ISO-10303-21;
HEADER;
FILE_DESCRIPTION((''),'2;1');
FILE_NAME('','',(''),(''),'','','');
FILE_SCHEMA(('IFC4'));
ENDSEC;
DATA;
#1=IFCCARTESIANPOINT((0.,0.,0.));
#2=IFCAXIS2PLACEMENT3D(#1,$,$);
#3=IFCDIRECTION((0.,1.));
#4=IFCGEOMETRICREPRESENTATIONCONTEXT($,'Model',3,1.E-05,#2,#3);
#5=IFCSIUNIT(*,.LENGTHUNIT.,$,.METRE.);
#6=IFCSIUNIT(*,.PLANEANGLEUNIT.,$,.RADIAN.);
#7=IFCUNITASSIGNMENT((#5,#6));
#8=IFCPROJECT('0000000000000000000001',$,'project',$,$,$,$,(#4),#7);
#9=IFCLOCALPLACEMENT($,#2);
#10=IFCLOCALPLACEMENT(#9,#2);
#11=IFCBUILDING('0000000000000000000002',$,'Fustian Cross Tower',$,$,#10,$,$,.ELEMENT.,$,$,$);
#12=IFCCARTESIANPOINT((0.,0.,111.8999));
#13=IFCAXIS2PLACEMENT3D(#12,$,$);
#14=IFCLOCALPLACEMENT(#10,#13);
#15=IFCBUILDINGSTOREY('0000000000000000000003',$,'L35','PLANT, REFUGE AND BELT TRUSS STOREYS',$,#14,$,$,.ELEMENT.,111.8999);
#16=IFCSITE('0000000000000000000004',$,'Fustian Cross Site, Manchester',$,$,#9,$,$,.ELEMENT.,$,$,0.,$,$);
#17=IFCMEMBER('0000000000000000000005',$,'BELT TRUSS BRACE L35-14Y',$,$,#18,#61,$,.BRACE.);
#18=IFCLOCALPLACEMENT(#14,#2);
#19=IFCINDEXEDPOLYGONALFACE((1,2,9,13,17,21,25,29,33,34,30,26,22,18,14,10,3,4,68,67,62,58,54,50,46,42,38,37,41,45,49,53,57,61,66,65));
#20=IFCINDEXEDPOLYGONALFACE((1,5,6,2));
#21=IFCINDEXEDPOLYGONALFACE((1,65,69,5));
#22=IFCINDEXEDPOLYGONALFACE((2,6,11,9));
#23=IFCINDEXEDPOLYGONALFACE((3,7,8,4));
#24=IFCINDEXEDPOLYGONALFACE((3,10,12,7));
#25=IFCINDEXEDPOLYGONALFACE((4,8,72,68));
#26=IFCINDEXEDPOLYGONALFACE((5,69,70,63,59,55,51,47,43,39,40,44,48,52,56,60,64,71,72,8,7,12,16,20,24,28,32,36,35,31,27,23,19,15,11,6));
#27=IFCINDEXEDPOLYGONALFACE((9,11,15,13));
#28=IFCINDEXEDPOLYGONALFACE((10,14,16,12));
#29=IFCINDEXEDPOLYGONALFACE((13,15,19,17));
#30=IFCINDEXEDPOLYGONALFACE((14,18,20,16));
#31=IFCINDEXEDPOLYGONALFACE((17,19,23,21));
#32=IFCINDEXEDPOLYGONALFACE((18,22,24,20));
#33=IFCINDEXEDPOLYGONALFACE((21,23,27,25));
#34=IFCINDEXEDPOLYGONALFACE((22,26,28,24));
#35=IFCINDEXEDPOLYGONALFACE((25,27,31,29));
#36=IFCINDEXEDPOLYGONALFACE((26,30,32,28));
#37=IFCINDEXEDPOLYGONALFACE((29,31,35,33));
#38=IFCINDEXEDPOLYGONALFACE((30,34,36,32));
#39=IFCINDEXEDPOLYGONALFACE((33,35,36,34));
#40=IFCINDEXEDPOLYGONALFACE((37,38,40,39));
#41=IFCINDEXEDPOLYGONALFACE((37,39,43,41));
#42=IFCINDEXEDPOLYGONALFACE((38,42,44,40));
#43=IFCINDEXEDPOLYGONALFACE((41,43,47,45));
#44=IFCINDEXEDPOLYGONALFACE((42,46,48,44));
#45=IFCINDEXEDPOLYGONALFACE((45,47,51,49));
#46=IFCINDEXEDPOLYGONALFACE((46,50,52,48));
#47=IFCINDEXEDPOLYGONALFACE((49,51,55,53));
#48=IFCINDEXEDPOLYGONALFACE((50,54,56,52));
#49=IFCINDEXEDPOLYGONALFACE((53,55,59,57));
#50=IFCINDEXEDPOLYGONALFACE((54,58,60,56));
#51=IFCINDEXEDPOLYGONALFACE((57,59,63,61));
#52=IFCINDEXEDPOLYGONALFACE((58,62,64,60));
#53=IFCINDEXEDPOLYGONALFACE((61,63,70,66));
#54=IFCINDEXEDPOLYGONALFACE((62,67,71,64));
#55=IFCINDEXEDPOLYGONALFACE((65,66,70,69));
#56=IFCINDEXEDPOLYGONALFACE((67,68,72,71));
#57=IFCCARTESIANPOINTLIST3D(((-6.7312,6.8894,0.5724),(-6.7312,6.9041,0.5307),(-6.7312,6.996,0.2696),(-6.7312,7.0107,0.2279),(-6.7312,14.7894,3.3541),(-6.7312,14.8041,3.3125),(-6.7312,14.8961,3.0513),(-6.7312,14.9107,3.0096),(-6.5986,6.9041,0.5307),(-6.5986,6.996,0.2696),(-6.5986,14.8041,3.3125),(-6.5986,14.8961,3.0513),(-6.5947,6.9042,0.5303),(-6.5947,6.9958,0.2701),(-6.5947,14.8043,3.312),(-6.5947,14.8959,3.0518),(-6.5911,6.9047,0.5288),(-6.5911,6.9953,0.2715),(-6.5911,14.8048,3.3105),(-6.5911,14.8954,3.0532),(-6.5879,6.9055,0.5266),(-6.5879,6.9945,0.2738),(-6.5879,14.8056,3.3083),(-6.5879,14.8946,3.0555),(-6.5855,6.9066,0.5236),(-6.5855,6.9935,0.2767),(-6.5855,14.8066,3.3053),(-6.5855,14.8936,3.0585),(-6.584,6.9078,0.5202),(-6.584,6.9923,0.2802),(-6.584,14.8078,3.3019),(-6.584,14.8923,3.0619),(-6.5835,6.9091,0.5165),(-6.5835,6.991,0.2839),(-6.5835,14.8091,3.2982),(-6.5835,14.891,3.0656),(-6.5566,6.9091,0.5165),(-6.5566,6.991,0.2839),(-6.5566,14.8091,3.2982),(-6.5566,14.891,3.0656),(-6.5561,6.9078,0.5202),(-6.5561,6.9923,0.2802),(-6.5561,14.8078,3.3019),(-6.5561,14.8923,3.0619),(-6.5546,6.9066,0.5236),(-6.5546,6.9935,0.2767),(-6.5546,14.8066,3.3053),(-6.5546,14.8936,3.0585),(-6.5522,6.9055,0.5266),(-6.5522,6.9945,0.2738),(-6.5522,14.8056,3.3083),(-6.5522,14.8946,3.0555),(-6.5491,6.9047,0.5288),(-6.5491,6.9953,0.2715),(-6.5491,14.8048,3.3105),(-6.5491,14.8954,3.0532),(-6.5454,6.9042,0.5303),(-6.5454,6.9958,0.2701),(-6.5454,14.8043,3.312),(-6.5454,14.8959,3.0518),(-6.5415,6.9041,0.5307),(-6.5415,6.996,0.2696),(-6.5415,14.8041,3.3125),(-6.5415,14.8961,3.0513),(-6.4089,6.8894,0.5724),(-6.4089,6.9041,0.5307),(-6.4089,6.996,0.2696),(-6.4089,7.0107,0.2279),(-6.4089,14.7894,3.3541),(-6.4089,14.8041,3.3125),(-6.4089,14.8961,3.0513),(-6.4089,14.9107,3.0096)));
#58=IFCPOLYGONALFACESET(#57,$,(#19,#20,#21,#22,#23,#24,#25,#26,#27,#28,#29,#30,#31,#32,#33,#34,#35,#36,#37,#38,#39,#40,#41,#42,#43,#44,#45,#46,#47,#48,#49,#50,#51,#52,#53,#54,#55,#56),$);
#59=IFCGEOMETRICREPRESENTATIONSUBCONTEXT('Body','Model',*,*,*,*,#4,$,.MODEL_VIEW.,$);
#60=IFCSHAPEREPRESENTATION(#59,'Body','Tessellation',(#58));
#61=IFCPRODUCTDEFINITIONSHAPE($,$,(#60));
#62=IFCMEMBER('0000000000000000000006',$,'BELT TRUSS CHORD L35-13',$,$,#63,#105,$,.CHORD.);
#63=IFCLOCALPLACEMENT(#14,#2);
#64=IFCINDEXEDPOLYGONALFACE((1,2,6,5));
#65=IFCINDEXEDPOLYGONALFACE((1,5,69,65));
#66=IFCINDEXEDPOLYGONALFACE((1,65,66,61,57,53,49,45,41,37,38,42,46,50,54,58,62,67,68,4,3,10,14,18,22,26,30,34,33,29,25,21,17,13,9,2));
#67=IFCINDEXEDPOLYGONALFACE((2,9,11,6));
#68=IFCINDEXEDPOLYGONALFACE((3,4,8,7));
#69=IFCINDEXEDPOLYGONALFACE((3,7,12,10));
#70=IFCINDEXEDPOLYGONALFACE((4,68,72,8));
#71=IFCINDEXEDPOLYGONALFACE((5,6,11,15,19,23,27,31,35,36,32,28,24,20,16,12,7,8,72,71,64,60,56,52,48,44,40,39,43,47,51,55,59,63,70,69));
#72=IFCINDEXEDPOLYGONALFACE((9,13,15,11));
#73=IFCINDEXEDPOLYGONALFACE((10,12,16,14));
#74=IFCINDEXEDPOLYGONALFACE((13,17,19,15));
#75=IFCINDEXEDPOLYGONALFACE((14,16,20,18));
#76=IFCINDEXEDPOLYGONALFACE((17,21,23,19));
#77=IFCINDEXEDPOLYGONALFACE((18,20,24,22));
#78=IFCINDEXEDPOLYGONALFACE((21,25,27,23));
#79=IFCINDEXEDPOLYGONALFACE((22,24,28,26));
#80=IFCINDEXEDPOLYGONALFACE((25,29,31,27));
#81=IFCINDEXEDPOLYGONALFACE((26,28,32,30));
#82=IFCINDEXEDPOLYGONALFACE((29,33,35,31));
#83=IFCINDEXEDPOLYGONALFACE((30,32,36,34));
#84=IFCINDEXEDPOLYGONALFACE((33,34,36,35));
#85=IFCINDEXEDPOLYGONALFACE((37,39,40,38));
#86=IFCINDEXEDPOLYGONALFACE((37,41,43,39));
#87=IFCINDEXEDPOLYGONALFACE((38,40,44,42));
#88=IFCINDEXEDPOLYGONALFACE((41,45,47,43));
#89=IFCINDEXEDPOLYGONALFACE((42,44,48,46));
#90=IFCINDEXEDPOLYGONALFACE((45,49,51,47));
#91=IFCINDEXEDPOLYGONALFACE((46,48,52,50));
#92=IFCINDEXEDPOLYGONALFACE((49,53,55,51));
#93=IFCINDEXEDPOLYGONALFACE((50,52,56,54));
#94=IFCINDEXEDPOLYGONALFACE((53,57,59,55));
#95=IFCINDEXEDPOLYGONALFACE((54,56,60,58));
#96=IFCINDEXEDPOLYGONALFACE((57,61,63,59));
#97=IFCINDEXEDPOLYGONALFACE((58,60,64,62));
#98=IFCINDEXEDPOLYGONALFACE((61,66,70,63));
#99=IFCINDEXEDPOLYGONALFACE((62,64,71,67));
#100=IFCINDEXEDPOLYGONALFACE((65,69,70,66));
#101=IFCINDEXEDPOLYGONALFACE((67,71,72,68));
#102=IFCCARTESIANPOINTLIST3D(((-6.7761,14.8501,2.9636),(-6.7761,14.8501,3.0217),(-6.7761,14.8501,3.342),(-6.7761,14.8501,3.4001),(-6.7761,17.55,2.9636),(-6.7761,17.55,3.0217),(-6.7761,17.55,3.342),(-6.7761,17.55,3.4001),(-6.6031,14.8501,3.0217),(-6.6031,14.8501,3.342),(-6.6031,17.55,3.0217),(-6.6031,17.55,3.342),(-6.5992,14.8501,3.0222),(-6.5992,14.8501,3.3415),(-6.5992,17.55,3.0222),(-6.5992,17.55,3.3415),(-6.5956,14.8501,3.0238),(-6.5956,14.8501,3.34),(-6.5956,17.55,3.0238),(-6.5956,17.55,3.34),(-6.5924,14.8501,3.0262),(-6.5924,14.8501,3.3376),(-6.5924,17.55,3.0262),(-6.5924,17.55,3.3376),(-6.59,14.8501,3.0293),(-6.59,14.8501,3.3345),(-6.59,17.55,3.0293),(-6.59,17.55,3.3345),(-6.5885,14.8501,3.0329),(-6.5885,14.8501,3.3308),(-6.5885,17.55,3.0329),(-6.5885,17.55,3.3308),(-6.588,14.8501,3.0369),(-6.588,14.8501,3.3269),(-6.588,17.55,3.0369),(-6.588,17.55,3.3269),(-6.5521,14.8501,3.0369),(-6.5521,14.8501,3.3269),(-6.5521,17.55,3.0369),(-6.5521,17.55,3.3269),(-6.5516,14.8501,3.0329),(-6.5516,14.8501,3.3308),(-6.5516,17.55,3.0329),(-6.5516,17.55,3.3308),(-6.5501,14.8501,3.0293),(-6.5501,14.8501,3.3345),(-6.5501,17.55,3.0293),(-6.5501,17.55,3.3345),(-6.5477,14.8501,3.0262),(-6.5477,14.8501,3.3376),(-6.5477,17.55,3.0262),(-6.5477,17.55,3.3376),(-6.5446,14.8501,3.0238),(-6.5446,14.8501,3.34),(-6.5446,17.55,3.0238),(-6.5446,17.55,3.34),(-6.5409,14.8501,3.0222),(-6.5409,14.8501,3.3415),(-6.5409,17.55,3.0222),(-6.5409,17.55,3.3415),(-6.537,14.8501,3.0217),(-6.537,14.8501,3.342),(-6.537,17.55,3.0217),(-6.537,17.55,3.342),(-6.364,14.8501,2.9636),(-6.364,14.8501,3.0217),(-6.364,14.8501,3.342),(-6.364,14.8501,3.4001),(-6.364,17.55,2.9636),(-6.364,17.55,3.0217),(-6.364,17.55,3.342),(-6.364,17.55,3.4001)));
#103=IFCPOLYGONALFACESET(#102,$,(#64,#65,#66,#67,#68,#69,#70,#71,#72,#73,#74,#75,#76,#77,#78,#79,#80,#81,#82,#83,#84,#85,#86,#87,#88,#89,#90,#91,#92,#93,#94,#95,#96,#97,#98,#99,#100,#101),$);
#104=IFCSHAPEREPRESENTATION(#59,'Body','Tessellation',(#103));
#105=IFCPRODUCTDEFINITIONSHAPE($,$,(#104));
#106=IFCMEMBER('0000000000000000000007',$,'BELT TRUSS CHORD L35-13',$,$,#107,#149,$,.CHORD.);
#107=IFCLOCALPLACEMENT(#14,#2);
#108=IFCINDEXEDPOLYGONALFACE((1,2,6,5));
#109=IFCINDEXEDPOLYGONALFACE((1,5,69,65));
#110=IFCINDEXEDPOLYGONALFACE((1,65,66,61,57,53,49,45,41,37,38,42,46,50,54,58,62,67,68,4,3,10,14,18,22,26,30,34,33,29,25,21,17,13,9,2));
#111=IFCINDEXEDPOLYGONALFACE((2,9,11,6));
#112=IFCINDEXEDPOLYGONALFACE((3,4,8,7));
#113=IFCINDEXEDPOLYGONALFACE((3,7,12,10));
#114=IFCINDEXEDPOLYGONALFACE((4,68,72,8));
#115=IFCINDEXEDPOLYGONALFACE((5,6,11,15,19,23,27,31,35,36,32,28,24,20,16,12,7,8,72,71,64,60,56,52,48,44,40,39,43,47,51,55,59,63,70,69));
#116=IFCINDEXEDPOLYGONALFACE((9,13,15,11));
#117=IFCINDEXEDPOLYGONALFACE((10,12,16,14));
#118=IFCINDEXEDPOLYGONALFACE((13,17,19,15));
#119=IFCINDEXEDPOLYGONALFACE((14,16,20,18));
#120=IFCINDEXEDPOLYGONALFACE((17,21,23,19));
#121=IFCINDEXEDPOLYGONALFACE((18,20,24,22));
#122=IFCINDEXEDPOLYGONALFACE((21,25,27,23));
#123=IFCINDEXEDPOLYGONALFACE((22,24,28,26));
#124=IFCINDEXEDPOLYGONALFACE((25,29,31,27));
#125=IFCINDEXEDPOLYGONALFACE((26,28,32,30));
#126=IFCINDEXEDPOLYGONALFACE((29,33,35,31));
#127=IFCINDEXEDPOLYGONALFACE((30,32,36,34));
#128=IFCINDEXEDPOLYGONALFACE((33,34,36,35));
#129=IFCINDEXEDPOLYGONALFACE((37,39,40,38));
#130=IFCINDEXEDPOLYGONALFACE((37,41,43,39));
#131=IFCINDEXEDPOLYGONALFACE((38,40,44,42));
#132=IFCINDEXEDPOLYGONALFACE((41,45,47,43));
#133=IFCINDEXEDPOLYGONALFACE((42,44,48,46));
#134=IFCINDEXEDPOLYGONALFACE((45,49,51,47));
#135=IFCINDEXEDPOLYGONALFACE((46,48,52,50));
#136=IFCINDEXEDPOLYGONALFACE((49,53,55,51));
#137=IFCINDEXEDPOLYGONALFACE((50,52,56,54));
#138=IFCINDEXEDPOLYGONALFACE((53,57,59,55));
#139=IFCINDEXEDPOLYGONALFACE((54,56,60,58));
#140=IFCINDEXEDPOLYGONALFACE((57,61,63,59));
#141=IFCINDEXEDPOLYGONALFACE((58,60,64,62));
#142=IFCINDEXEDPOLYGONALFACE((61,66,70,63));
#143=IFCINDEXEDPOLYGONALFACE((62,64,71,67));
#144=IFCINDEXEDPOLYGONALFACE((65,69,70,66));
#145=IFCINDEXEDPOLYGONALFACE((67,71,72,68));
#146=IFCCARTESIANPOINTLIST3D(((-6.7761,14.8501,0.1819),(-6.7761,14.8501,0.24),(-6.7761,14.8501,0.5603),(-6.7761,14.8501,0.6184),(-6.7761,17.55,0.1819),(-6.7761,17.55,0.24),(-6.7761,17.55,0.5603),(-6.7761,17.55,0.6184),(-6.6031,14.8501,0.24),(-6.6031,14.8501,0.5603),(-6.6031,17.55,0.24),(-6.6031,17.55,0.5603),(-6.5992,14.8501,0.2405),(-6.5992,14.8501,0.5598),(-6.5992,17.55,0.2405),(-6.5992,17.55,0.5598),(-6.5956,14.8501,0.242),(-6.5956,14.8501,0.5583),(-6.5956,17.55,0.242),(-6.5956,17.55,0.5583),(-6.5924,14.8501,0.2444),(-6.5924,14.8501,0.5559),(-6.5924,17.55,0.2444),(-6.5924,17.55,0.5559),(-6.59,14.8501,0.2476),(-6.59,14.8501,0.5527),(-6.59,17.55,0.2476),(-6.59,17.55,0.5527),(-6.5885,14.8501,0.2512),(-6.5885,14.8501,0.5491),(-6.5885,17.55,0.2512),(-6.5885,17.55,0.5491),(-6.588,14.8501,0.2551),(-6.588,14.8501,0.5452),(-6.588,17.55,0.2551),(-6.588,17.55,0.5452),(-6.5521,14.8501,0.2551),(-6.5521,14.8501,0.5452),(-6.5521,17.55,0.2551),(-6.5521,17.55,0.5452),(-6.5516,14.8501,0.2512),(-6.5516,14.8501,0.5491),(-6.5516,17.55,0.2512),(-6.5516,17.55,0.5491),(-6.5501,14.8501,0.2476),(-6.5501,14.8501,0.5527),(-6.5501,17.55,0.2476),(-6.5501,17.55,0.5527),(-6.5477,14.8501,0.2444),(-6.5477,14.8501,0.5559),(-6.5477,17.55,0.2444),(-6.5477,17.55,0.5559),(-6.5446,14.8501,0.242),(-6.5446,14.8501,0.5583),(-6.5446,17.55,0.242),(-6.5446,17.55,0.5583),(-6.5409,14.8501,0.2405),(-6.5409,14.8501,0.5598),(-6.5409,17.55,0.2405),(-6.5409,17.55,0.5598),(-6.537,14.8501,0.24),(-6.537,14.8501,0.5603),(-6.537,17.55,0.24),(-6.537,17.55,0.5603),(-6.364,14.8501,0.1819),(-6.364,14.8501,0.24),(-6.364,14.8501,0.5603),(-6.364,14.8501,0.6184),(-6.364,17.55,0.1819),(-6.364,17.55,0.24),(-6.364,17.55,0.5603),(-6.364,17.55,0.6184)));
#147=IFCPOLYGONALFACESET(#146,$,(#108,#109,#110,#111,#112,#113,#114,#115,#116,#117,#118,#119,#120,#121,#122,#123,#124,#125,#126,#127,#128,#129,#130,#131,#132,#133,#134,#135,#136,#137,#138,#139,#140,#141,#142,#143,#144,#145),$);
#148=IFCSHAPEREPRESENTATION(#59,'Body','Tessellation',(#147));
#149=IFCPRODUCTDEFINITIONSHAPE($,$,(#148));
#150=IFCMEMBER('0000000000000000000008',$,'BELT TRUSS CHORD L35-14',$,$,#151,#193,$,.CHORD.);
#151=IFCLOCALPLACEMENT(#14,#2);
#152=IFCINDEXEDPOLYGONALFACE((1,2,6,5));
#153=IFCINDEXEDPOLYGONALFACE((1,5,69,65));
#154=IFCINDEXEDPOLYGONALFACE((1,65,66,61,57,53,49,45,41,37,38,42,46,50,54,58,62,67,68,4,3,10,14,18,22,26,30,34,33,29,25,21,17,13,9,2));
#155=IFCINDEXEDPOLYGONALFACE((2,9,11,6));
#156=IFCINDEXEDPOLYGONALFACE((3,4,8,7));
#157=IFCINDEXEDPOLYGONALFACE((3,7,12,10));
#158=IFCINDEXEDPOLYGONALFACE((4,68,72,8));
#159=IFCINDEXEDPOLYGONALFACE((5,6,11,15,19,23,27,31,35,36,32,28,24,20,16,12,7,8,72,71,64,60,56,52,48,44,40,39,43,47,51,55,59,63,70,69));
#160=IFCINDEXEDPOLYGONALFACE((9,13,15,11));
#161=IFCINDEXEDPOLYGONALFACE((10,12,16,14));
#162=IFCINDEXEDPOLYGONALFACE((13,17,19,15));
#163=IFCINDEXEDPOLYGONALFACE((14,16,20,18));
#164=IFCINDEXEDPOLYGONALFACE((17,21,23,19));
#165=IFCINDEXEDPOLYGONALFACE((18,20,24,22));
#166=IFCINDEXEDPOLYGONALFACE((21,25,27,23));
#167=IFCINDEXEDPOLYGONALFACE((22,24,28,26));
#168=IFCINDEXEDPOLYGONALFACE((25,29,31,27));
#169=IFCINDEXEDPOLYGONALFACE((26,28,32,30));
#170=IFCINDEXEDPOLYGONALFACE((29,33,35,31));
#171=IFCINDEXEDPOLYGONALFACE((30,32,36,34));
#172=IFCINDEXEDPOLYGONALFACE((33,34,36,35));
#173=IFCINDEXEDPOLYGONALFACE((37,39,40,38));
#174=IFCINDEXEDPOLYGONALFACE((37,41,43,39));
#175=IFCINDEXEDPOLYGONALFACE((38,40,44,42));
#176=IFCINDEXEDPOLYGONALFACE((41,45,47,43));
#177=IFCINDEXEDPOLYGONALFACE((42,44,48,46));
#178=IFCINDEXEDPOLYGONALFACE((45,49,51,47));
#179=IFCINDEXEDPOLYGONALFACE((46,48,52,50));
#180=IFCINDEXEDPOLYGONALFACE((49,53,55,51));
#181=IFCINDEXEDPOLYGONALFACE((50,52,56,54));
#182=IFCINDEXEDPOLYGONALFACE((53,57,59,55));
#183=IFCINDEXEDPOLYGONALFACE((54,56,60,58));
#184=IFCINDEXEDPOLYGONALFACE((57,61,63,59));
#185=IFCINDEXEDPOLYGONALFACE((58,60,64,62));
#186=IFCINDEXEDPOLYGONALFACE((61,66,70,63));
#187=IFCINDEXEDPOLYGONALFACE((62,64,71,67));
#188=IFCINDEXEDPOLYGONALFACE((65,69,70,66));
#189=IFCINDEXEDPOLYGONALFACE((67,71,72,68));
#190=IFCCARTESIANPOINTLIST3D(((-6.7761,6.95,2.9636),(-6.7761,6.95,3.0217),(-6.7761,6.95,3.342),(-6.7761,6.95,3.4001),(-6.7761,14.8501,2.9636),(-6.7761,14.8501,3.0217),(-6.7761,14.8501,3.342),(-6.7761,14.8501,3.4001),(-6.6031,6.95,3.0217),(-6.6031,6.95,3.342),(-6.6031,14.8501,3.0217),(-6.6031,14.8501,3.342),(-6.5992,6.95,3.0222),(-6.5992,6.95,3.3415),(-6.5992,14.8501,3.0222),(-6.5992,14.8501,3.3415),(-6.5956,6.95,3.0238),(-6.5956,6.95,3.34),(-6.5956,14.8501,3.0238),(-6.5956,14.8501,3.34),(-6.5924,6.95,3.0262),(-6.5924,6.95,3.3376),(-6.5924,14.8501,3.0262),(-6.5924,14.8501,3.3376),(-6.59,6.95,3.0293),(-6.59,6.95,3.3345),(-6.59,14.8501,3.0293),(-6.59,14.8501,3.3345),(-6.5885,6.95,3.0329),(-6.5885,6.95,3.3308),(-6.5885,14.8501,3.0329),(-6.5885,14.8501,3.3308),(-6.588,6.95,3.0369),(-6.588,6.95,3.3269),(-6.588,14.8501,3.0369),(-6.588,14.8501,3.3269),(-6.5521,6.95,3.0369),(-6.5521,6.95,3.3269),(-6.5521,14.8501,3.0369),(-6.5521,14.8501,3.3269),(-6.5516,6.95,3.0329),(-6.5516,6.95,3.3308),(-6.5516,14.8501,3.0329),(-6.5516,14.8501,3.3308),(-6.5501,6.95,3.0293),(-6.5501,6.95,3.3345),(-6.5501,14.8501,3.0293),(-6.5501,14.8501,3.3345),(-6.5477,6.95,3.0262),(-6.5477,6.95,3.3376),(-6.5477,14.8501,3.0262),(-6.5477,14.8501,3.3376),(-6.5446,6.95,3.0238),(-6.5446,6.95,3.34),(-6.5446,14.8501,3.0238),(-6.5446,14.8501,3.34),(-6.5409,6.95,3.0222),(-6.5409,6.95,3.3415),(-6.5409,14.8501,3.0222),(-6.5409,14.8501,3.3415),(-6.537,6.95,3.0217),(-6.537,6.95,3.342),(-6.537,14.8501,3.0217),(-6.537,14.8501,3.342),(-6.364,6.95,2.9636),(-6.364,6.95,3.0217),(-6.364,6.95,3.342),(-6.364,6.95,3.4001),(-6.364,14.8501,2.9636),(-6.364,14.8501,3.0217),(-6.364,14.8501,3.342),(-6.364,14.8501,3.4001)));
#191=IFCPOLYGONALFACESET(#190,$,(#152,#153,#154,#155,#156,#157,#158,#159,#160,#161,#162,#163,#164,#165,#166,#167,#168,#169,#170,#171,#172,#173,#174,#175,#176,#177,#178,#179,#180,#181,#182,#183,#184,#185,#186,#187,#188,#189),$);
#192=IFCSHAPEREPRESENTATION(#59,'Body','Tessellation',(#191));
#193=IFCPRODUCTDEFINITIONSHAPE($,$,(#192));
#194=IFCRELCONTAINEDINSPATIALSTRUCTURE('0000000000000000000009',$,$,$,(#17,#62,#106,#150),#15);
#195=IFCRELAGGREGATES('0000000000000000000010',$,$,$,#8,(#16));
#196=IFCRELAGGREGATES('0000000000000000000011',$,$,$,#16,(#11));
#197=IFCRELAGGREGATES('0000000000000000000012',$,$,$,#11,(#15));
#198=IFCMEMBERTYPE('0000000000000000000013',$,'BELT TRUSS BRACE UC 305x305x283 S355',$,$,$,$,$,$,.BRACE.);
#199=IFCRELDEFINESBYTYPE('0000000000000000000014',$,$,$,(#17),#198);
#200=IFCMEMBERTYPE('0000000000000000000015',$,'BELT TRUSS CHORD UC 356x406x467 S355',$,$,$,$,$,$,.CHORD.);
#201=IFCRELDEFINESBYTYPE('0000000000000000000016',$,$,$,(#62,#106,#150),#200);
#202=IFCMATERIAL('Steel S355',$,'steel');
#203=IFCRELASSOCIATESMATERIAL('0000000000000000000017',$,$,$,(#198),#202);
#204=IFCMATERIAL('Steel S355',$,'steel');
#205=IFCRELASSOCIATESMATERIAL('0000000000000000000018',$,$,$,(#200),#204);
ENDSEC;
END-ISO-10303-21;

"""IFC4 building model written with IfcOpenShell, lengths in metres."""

from ifc_helpers import new_model, si_unit, direction, frame, origin, origin_2d, place, context, subcontext, project, spatial, i_section, extrude, material, material_profile, profile_set, type_object, element, save


model = new_model("IFC4")

# Units and contexts
model_context = context("Model", 3, precision=1e-05, world=origin(), true_north=direction((0.0, 1.0)))
body_context = subcontext(model_context, "Body", "Model", "MODEL_VIEW")
ifc_project = project(units=[si_unit("LENGTHUNIT", "METRE"), si_unit("PLANEANGLEUNIT", "RADIAN")], contexts=[model_context])

# Site, building, storey
site_placement = place(None, origin())
site = spatial("IfcSite", under=ifc_project, at=site_placement, Name="Fustian Cross Site, Manchester", CompositionType="ELEMENT", RefElevation=0.0)
building_placement = place(site_placement, origin())
building = spatial("IfcBuilding", under=site, at=building_placement, Name="Fustian Cross Tower", CompositionType="ELEMENT")
storey_placement = place(building_placement, frame((0.0, 0.0, 111.8999)))
storey = spatial("IfcBuildingStorey", under=building, at=storey_placement, Name="L35", Description="PLANT, REFUGE AND BELT TRUSS STOREYS", CompositionType="ELEMENT", Elevation=111.8999)

# Members
ifc_material_1 = material(Name="Steel S355", Category="steel")
ifc_material_profile_1 = material_profile(ifc_material_1, i_section(OverallWidth=0.3223, OverallDepth=0.3652, WebThickness=0.0269, FlangeThickness=0.0442, FilletRadius=0.0151, at=origin_2d()), Name="UC 305x305x283")
ifc_profile_set_1 = profile_set([ifc_material_profile_1], Name="Steel S355")
member_type_1 = type_object("IfcMemberType", Name="BELT TRUSS BRACE UC 305x305x283 S355", PredefinedType="BRACE", material=ifc_profile_set_1)
for number, where, z_axis, x_axis, name in (
    (1, (-6.5701, 14.8501, 3.1819), (0.0, -0.943235, -0.332125), (1.0, 0.0, 0.0), "BELT TRUSS BRACE L35-14Y"),
):
    element("IfcMember", number, at=place(storey_placement, frame(where, z_axis=z_axis, x_axis=x_axis)), inside=storey, type_object=member_type_1, Name=name, PredefinedType="BRACE", context=body_context, shape_type="SweptSolid", body=[
        extrude(i_section(OverallWidth=0.3223, OverallDepth=0.3652, WebThickness=0.0269, FlangeThickness=0.0442, FilletRadius=0.0151, at=origin_2d()), origin(), (0.0, 0.0, 1.0), 8.3755),
    ])
ifc_material_2 = material(Name="Steel S355", Category="steel")
ifc_material_profile_2 = material_profile(ifc_material_2, i_section(OverallWidth=0.4121, OverallDepth=0.4365, WebThickness=0.0359, FlangeThickness=0.0581, FilletRadius=0.0151, at=origin_2d()), Name="UC 356x406x467")
ifc_profile_set_2 = profile_set([ifc_material_profile_2], Name="Steel S355")
member_type_2 = type_object("IfcMemberType", Name="BELT TRUSS CHORD UC 356x406x467 S355", PredefinedType="CHORD", material=ifc_profile_set_2)
for number, where, z_axis, x_axis, name in (
    (2, (-6.5701, 17.55, 3.1819), (0.0, -1.0, 0.0), (1.0, 0.0, 0.0), "BELT TRUSS CHORD L35-13"),
    (3, (-6.5701, 17.55, 0.4001), (0.0, -1.0, 0.0), (1.0, 0.0, 0.0), "BELT TRUSS CHORD L35-13"),
):
    element("IfcMember", number, at=place(storey_placement, frame(where, z_axis=z_axis, x_axis=x_axis)), inside=storey, type_object=member_type_2, Name=name, PredefinedType="CHORD", context=body_context, shape_type="SweptSolid", body=[
        extrude(i_section(OverallWidth=0.4121, OverallDepth=0.4365, WebThickness=0.0359, FlangeThickness=0.0581, FilletRadius=0.0151, at=origin_2d()), origin(), (0.0, 0.0, 1.0), 2.7),
    ])
for number, where, z_axis, x_axis, name in (
    (4, (-6.5701, 14.8501, 3.1819), (0.0, -1.0, 0.0), (1.0, 0.0, 0.0), "BELT TRUSS CHORD L35-14"),
):
    element("IfcMember", number, at=place(storey_placement, frame(where, z_axis=z_axis, x_axis=x_axis)), inside=storey, type_object=member_type_2, Name=name, PredefinedType="CHORD", context=body_context, shape_type="SweptSolid", body=[
        extrude(i_section(OverallWidth=0.4121, OverallDepth=0.4365, WebThickness=0.0359, FlangeThickness=0.0581, FilletRadius=0.0151, at=origin_2d()), origin(), (0.0, 0.0, 1.0), 7.9001),
    ])

save(model, "model.ifc")
